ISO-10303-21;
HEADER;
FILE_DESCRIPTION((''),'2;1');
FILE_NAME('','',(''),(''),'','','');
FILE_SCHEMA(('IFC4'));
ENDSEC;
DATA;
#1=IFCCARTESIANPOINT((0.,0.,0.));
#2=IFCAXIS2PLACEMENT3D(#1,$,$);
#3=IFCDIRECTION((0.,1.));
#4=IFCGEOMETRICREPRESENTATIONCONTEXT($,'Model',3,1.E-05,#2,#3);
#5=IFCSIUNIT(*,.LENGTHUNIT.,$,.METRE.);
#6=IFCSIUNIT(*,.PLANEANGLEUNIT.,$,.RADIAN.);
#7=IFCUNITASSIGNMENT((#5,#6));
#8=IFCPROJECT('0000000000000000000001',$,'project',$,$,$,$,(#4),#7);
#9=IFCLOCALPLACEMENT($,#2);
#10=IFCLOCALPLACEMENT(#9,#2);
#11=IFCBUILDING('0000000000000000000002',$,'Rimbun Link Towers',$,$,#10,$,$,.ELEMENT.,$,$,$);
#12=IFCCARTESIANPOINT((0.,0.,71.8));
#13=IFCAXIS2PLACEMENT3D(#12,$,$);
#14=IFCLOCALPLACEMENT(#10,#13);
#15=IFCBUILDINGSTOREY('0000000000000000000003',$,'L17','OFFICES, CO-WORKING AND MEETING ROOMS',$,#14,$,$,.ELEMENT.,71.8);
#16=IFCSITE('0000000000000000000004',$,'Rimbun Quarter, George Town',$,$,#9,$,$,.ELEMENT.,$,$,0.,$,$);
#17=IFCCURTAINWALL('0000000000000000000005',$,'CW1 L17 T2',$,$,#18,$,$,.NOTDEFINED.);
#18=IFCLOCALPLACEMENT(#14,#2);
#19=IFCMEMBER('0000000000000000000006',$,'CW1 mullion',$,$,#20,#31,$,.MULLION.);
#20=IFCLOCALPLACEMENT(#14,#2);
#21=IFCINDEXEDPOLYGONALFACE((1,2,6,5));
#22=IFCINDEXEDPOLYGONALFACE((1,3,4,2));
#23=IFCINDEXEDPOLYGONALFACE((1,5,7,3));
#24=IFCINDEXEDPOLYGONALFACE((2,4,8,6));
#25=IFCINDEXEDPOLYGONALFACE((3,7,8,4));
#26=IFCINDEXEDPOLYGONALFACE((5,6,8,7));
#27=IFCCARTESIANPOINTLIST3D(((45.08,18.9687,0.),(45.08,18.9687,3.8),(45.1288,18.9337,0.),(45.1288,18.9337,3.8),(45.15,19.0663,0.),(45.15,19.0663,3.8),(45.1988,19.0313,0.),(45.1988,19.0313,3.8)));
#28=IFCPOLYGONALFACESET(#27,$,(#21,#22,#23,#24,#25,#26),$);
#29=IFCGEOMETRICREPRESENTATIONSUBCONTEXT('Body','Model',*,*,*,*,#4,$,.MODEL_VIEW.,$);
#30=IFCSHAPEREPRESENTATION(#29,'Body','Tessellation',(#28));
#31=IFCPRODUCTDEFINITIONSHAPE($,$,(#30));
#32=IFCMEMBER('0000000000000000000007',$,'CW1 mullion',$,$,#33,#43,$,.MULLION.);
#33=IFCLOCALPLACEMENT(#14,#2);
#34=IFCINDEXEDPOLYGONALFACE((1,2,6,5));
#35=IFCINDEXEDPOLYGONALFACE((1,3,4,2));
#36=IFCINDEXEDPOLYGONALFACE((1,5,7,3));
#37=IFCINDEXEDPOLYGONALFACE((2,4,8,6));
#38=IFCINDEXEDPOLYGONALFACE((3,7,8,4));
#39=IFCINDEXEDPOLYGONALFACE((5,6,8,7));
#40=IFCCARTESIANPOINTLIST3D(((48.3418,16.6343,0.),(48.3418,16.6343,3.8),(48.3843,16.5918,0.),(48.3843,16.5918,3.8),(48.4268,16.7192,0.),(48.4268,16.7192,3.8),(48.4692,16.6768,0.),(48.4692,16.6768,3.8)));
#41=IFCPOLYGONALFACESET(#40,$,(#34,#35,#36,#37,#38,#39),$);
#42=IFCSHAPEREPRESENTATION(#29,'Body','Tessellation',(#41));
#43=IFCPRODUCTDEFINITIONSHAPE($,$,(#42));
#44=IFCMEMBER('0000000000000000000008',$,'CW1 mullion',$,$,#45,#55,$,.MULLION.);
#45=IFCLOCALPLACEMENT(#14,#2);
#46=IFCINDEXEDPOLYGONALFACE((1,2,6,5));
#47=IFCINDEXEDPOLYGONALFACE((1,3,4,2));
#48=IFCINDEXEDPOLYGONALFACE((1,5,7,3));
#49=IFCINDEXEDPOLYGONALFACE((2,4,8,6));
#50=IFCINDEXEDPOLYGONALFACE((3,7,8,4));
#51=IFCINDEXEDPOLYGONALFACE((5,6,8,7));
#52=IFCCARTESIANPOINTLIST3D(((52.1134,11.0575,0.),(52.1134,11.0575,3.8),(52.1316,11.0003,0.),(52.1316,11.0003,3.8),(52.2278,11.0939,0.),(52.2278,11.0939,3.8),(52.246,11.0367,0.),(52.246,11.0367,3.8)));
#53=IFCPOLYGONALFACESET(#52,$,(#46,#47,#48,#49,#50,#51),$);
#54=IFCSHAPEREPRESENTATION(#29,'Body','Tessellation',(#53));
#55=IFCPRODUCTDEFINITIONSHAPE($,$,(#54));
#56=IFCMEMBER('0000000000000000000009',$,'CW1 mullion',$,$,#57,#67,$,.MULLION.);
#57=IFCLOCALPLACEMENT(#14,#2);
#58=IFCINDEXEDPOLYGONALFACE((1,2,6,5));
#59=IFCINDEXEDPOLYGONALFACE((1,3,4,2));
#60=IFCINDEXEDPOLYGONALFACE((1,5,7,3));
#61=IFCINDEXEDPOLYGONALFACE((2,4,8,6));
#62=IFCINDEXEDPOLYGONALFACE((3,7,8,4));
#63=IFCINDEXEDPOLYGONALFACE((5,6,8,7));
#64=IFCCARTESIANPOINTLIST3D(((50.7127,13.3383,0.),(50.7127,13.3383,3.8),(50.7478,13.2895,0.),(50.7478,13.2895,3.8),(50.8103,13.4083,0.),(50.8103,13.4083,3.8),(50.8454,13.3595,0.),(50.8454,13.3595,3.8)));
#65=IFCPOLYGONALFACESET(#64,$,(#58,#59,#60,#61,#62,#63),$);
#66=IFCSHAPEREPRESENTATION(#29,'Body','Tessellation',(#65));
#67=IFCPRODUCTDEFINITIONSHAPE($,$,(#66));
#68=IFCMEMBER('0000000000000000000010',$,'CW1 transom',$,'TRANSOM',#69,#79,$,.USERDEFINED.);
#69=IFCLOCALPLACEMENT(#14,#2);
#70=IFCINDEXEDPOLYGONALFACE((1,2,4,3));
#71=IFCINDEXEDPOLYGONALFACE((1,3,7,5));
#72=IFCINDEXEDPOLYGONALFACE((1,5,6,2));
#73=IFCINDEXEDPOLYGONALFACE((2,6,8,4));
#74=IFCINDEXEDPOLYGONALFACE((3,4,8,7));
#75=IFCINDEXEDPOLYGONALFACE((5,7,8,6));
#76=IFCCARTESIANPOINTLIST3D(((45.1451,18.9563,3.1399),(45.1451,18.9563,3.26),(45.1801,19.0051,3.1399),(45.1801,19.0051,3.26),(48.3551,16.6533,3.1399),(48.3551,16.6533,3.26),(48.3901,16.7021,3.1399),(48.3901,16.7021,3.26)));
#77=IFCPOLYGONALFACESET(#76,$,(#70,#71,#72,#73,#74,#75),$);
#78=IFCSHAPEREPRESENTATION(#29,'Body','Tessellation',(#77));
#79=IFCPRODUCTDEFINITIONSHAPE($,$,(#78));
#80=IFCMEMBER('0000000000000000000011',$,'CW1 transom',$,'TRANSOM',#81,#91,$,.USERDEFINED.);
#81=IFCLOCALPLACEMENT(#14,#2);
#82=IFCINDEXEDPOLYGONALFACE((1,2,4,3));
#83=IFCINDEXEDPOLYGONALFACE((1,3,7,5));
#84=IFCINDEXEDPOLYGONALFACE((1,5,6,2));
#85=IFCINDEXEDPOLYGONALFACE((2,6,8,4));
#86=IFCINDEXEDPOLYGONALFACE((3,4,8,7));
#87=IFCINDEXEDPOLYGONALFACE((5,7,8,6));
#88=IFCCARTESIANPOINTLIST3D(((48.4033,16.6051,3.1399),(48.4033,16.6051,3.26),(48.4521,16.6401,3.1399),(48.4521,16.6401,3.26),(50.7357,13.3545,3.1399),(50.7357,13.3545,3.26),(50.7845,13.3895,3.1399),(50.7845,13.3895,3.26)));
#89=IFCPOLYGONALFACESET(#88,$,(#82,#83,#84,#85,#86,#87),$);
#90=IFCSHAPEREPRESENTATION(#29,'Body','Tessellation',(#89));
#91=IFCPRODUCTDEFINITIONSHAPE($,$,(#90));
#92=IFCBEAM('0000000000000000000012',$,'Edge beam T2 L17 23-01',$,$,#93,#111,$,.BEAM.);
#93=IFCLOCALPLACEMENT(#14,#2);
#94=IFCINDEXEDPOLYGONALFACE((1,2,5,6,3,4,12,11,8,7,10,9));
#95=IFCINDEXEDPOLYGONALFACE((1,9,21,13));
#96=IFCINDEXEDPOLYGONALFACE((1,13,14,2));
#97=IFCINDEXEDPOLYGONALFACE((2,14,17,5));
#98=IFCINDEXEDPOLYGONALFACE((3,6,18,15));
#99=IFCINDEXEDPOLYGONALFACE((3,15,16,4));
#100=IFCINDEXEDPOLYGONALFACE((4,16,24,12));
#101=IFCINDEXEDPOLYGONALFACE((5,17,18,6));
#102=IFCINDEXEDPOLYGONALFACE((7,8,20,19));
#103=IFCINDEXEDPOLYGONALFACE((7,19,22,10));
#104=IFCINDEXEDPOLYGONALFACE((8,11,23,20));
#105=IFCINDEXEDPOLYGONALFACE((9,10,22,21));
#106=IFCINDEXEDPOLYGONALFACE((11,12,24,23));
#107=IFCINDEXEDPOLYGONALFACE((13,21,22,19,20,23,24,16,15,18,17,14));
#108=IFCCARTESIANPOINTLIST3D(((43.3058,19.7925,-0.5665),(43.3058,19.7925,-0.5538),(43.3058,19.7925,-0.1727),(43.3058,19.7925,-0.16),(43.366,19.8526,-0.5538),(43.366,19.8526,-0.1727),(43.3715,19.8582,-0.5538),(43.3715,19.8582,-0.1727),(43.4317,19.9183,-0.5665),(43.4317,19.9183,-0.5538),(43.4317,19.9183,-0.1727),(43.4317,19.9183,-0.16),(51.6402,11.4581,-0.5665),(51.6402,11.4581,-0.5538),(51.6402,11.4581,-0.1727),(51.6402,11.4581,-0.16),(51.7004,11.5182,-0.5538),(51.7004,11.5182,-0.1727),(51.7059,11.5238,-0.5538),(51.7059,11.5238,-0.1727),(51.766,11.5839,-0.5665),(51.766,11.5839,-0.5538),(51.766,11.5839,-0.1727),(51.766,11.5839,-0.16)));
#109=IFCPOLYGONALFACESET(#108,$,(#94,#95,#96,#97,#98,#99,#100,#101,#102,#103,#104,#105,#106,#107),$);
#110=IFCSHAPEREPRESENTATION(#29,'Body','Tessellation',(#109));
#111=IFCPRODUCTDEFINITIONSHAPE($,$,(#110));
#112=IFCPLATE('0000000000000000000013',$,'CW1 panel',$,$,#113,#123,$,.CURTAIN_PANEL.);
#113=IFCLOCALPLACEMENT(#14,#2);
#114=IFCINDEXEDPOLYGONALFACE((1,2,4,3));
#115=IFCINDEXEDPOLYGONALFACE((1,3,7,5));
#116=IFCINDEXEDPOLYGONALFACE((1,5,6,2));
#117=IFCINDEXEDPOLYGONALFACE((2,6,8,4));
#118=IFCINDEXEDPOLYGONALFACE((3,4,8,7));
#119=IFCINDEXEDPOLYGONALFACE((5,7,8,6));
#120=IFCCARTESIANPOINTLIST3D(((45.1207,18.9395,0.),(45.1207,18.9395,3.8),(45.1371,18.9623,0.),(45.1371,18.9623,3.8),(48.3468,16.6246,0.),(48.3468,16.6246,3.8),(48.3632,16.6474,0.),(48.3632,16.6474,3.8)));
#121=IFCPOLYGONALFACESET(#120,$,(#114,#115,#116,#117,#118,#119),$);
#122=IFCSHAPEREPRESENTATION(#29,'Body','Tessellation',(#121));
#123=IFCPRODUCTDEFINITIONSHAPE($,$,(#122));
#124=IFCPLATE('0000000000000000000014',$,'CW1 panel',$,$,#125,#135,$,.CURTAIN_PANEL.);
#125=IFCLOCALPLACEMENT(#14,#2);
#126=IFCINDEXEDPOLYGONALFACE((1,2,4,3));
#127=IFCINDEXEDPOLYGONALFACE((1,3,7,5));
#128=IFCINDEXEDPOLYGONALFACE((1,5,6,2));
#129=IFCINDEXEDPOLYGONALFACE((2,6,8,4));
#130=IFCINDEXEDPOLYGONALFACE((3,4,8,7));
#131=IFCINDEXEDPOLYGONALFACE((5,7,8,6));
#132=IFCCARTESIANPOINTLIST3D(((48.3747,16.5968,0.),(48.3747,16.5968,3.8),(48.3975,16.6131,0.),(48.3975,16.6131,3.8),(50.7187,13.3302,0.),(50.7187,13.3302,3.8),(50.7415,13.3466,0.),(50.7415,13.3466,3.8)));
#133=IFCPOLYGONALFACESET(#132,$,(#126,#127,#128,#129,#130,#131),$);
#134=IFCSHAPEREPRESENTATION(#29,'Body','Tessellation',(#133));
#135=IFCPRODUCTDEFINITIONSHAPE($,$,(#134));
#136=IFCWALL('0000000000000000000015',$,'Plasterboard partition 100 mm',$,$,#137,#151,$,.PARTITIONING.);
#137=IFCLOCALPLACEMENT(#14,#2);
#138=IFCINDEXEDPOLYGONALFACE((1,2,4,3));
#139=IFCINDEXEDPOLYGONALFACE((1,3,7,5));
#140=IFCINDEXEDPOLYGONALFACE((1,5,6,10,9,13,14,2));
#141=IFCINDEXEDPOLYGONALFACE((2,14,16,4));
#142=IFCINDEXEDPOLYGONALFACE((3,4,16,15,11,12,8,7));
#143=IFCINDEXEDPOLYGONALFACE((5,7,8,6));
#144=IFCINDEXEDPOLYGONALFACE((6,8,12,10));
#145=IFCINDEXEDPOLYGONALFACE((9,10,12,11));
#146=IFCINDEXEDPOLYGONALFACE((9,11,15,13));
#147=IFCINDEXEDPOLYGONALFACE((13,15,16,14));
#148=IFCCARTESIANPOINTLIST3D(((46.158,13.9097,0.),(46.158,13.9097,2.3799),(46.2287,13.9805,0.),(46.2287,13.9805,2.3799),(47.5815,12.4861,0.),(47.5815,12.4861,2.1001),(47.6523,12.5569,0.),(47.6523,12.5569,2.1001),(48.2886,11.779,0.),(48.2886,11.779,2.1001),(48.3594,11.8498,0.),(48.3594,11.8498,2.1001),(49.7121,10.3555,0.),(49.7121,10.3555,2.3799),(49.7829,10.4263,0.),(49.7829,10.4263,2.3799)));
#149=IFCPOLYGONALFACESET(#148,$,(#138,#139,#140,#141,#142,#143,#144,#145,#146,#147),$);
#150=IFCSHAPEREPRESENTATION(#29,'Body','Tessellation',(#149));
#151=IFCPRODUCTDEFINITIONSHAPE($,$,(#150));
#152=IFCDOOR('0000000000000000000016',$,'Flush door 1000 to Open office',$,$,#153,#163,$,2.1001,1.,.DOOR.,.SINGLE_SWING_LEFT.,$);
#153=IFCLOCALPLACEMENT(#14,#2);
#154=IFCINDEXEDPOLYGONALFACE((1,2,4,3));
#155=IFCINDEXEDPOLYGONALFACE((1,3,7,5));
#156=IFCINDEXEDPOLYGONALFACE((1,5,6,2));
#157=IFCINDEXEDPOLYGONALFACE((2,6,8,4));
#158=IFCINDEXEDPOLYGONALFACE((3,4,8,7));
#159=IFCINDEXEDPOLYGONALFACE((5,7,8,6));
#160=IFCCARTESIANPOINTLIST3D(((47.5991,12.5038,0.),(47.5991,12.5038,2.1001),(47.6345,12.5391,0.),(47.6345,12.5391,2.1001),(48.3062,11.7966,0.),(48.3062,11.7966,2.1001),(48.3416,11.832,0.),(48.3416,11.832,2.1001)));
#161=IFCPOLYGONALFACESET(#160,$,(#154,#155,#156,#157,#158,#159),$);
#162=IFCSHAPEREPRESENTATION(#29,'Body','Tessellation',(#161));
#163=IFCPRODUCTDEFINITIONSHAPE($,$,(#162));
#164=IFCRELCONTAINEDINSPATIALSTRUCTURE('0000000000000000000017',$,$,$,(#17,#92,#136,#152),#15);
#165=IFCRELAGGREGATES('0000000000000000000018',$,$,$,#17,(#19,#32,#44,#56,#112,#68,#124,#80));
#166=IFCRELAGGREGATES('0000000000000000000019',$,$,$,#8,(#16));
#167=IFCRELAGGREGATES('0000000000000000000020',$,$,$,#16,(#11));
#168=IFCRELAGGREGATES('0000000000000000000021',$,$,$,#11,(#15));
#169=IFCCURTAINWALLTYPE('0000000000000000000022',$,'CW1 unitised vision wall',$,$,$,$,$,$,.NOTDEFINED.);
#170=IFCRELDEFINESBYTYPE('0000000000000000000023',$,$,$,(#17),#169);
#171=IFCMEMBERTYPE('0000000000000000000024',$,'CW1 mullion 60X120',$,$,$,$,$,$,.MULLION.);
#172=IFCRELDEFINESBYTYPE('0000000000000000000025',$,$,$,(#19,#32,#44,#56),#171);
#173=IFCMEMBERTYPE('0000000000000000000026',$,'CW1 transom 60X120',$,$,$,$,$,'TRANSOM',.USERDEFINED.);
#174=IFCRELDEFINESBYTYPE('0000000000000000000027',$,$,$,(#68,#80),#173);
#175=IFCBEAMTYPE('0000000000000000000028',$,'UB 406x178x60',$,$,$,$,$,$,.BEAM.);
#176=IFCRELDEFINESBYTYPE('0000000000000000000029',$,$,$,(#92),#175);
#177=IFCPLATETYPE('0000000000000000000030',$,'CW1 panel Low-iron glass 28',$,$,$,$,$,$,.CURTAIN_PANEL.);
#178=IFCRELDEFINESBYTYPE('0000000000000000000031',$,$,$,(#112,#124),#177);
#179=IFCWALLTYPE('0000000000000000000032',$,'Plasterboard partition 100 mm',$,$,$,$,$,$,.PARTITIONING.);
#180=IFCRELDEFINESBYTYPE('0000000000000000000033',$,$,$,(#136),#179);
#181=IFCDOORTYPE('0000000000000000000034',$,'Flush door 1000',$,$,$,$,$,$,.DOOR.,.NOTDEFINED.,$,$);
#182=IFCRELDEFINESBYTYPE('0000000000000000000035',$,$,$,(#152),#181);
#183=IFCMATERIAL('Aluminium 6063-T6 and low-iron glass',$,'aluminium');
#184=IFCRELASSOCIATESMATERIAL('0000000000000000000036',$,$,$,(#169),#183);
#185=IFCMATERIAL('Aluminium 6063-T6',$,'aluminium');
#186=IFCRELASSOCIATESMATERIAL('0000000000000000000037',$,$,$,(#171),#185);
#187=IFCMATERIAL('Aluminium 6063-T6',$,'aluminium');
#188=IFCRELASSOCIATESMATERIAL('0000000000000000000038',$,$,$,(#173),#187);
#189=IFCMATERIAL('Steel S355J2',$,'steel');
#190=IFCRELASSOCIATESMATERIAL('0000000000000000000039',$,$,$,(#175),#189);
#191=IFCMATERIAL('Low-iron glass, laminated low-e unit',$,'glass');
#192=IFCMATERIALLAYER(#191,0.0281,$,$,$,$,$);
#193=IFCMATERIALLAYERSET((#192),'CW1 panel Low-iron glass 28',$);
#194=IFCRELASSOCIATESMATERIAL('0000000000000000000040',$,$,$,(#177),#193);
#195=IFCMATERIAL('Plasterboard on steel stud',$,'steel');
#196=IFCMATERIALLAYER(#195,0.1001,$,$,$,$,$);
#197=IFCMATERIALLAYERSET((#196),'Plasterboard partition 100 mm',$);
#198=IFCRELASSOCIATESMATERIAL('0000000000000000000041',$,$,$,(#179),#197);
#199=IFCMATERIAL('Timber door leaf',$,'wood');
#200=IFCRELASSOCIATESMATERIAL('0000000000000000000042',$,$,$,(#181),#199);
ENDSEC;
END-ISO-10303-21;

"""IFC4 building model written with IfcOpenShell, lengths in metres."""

from ifc_helpers import new_model, si_unit, direction, frame, frame_2d, origin, origin_2d, place, context, subcontext, project, spatial, rectangle, i_section, extrude, material, layer, layer_set, material_profile, profile_set, type_object, element, fill, aggregate, save


model = new_model("IFC4")

# Units and contexts
model_context = context("Model", 3, precision=1e-05, world=origin(), true_north=direction((0.0, 1.0)))
body_context = subcontext(model_context, "Body", "Model", "MODEL_VIEW")
ifc_project = project(units=[si_unit("LENGTHUNIT", "METRE"), si_unit("PLANEANGLEUNIT", "RADIAN")], contexts=[model_context])

# Site, building, storey
site_placement = place(None, origin())
site = spatial("IfcSite", under=ifc_project, at=site_placement, Name="Rimbun Quarter, George Town", CompositionType="ELEMENT", RefElevation=0.0)
building_placement = place(site_placement, origin())
building = spatial("IfcBuilding", under=site, at=building_placement, Name="Rimbun Link Towers", CompositionType="ELEMENT")
storey_placement = place(building_placement, frame((0.0, 0.0, 71.8)))
storey = spatial("IfcBuildingStorey", under=building, at=storey_placement, Name="L17", Description="OFFICES, CO-WORKING AND MEETING ROOMS", CompositionType="ELEMENT", Elevation=71.8)

# Curtain wall, members
ifc_material_1 = material(Name="Aluminium 6063-T6 and low-iron glass", Category="aluminium")
curtain_wall_type = type_object("IfcCurtainWallType", Name="CW1 unitised vision wall", PredefinedType="NOTDEFINED", material=ifc_material_1)
curtain_wall_placement = place(storey_placement, origin())
curtain_wall = element("IfcCurtainWall", 1, at=curtain_wall_placement, inside=storey, type_object=curtain_wall_type, Name="CW1 L17 T2", PredefinedType="NOTDEFINED")
ifc_material_2 = material(Name="Aluminium 6063-T6", Category="aluminium")
ifc_material_profile_1 = material_profile(ifc_material_2, rectangle(XDim=0.1201, YDim=0.0601, at=origin_2d()), Name="MULLION 60X120")
ifc_profile_set_1 = profile_set([ifc_material_profile_1], Name="Aluminium 6063-T6")
member_type_1 = type_object("IfcMemberType", Name="CW1 mullion 60X120", PredefinedType="MULLION", material=ifc_profile_set_1)
member_1_placement = place(storey_placement, frame((45.1394, 19.0, 0.0), z_axis=(0.0, 0.0, 1.0), x_axis=(0.583002, 0.812471, 0.0)))
member_1 = element("IfcMember", 2, at=member_1_placement, type_object=member_type_1, Name="CW1 mullion", PredefinedType="MULLION", context=body_context, shape_type="SweptSolid", body=[
    extrude(rectangle(XDim=0.1201, YDim=0.0601, at=origin_2d()), origin(), (0.0, 0.0, 1.0), 3.8),
])
member_2_placement = place(storey_placement, frame((48.4055, 16.6555, 0.0), z_axis=(0.0, 0.0, 1.0), x_axis=(0.707107, 0.707107, 0.0)))
member_2 = element("IfcMember", 3, at=member_2_placement, type_object=member_type_1, Name="CW1 mullion", PredefinedType="MULLION", context=body_context, shape_type="SweptSolid", body=[
    extrude(rectangle(XDim=0.1201, YDim=0.0601, at=origin_2d()), origin(), (0.0, 0.0, 1.0), 3.8),
])
member_3_placement = place(storey_placement, frame((52.1797, 11.0471, 0.0), z_axis=(0.0, 0.0, 1.0), x_axis=(0.95297, 0.303066, 0.0)))
member_3 = element("IfcMember", 4, at=member_3_placement, type_object=member_type_1, Name="CW1 mullion", PredefinedType="MULLION", context=body_context, shape_type="SweptSolid", body=[
    extrude(rectangle(XDim=0.1201, YDim=0.0601, at=origin_2d()), origin(), (0.0, 0.0, 1.0), 3.8),
])
member_4_placement = place(storey_placement, frame((50.7791, 13.3489, 0.0), z_axis=(0.0, 0.0, 1.0), x_axis=(0.812471, 0.583002, 0.0)))
member_4 = element("IfcMember", 5, at=member_4_placement, type_object=member_type_1, Name="CW1 mullion", PredefinedType="MULLION", context=body_context, shape_type="SweptSolid", body=[
    extrude(rectangle(XDim=0.1201, YDim=0.0601, at=origin_2d()), origin(), (0.0, 0.0, 1.0), 3.8),
])
ifc_material_3 = material(Name="Aluminium 6063-T6", Category="aluminium")
ifc_material_profile_2 = material_profile(ifc_material_3, rectangle(XDim=0.0601, YDim=0.1201, at=origin_2d()), Name="TRANSOM 60X120")
ifc_profile_set_2 = profile_set([ifc_material_profile_2], Name="Aluminium 6063-T6")
member_type_2 = type_object("IfcMemberType", Name="CW1 transom 60X120", ElementType="TRANSOM", PredefinedType="USERDEFINED", material=ifc_profile_set_2)
member_5_placement = place(storey_placement, frame((45.1626, 18.9807, 3.2), z_axis=(0.812517, -0.582938, 0.0), x_axis=(0.582938, 0.812517, 0.0)))
member_5 = element("IfcMember", 6, at=member_5_placement, type_object=member_type_2, Name="CW1 transom", ObjectType="TRANSOM", PredefinedType="USERDEFINED", context=body_context, shape_type="SweptSolid", body=[
    extrude(rectangle(XDim=0.0601, YDim=0.1201, at=origin_2d()), origin(), (0.0, 0.0, 1.0), 3.9507),
])
member_6_placement = place(storey_placement, frame((48.4277, 16.6226, 3.2), z_axis=(0.582974, -0.81249, 0.0), x_axis=(0.81249, 0.582974, 0.0)))
member_6 = element("IfcMember", 7, at=member_6_placement, type_object=member_type_2, Name="CW1 transom", ObjectType="TRANSOM", PredefinedType="USERDEFINED", context=body_context, shape_type="SweptSolid", body=[
    extrude(rectangle(XDim=0.0601, YDim=0.1201, at=origin_2d()), origin(), (0.0, 0.0, 1.0), 4.0007),
])

# Beam
ifc_material_4 = material(Name="Steel S355J2", Category="steel")
ifc_material_profile_3 = material_profile(ifc_material_4, i_section(OverallWidth=0.178, OverallDepth=0.4065, WebThickness=0.0078, FlangeThickness=0.0127, at=origin_2d()), Name="UB 406x178x60")
ifc_profile_set_3 = profile_set([ifc_material_profile_3], Name="Steel S355J2")
beam_type = type_object("IfcBeamType", Name="UB 406x178x60", PredefinedType="BEAM", material=ifc_profile_set_3)
beam_placement = place(storey_placement, frame((51.7031, 11.521, -0.3633), z_axis=(-0.707107, 0.707107, 0.0), x_axis=(-0.707107, -0.707107, 0.0)))
element("IfcBeam", 8, at=beam_placement, inside=storey, type_object=beam_type, Name="Edge beam T2 L17 23-01", PredefinedType="BEAM", context=body_context, shape_type="SweptSolid", body=[
    extrude(i_section(OverallWidth=0.178, OverallDepth=0.4065, WebThickness=0.0078, FlangeThickness=0.0127, at=origin_2d()), origin(), (0.0, 0.0, 1.0), 11.7866),
])

# Plates
ifc_material_5 = material(Name="Low-iron glass, laminated low-e unit", Category="glass")
ifc_layer_1 = layer(ifc_material_5, 0.0281)
ifc_layer_set_1 = layer_set([ifc_layer_1], Name="CW1 panel Low-iron glass 28")
plate_type = type_object("IfcPlateType", Name="CW1 panel Low-iron glass 28", PredefinedType="CURTAIN_PANEL", material=ifc_layer_set_1)
plate_1_placement = place(storey_placement, frame((46.7419, 17.7935, 0.0), z_axis=(0.0, 0.0, 1.0), x_axis=(0.812471, -0.583002, 0.0)))
plate_1 = element("IfcPlate", 9, at=plate_1_placement, type_object=plate_type, Name="CW1 panel", PredefinedType="CURTAIN_PANEL", context=body_context, shape_type="SweptSolid", body=[
    extrude(rectangle(XDim=3.9707, YDim=0.0281, at=origin_2d()), origin(), (0.0, 0.0, 1.0), 3.8),
])
plate_2_placement = place(storey_placement, frame((49.5581, 14.9717, 0.0), z_axis=(0.0, 0.0, 1.0), x_axis=(0.583002, -0.812471, 0.0)))
plate_2 = element("IfcPlate", 10, at=plate_2_placement, type_object=plate_type, Name="CW1 panel", PredefinedType="CURTAIN_PANEL", context=body_context, shape_type="SweptSolid", body=[
    extrude(rectangle(XDim=4.0205, YDim=0.0281, at=origin_2d()), origin(), (0.0, 0.0, 1.0), 3.8),
])
aggregate(curtain_wall, [member_1, member_2, member_3, member_4, plate_1, member_5, plate_2, member_6])

# Wall, opening, door
ifc_material_6 = material(Name="Plasterboard on steel stud", Category="steel")
ifc_layer_2 = layer(ifc_material_6, 0.1001)
ifc_layer_set_2 = layer_set([ifc_layer_2], Name="Plasterboard partition 100 mm")
wall_type = type_object("IfcWallType", Name="Plasterboard partition 100 mm", PredefinedType="PARTITIONING", material=ifc_layer_set_2)
wall_1_placement = place(storey_placement, frame((46.1934, 13.9451, 0.0), z_axis=(0.0, 0.0, 1.0), x_axis=(0.707107, -0.707107, 0.0)))
wall_1 = element("IfcWall", 11, at=wall_1_placement, inside=storey, type_object=wall_type, Name="Plasterboard partition 100 mm", PredefinedType="PARTITIONING", context=body_context, shape_type="SweptSolid", body=[
    extrude(rectangle(XDim=5.0264, YDim=0.1001, at=frame_2d((2.5132, 0.0))), origin(), (0.0, 0.0, 1.0), 2.3799),
])
opening_1_placement = place(wall_1_placement, frame((2.0132, 0.0, 0.0)))
opening_1 = element("IfcOpeningElement", 12, at=opening_1_placement, cuts=wall_1, PredefinedType="OPENING", context=body_context, shape_type="SweptSolid", body=[
    extrude(rectangle(XDim=1.0, YDim=2.1001, at=frame_2d((0.5, 1.05))), frame((0.0, 0.0601, 0.0), z_axis=(0.0, -1.0, 0.0), x_axis=(1.0, 0.0, 0.0)), (0.0, 0.0, 1.0), 0.1201),
])
ifc_material_7 = material(Name="Timber door leaf", Category="wood")
door_type_1 = type_object("IfcDoorType", Name="Flush door 1000", OperationType="NOTDEFINED", PredefinedType="DOOR", material=ifc_material_7)
door_1_placement = place(opening_1_placement, origin())
door_1 = element("IfcDoor", 13, at=door_1_placement, inside=storey, type_object=door_type_1, Name="Flush door 1000 to Open office", OperationType="SINGLE_SWING_LEFT", OverallHeight=2.1001, OverallWidth=1.0, PredefinedType="DOOR", context=body_context, shape_type="SweptSolid", body=[
    extrude(rectangle(XDim=1.0, YDim=2.1001, at=frame_2d((0.5, 1.05))), frame((0.0, 0.0249, 0.0), z_axis=(0.0, -1.0, 0.0), x_axis=(1.0, 0.0, 0.0)), (0.0, 0.0, 1.0), 0.05),
])
fill(opening_1, door_1)

save(model, "model.ifc")
